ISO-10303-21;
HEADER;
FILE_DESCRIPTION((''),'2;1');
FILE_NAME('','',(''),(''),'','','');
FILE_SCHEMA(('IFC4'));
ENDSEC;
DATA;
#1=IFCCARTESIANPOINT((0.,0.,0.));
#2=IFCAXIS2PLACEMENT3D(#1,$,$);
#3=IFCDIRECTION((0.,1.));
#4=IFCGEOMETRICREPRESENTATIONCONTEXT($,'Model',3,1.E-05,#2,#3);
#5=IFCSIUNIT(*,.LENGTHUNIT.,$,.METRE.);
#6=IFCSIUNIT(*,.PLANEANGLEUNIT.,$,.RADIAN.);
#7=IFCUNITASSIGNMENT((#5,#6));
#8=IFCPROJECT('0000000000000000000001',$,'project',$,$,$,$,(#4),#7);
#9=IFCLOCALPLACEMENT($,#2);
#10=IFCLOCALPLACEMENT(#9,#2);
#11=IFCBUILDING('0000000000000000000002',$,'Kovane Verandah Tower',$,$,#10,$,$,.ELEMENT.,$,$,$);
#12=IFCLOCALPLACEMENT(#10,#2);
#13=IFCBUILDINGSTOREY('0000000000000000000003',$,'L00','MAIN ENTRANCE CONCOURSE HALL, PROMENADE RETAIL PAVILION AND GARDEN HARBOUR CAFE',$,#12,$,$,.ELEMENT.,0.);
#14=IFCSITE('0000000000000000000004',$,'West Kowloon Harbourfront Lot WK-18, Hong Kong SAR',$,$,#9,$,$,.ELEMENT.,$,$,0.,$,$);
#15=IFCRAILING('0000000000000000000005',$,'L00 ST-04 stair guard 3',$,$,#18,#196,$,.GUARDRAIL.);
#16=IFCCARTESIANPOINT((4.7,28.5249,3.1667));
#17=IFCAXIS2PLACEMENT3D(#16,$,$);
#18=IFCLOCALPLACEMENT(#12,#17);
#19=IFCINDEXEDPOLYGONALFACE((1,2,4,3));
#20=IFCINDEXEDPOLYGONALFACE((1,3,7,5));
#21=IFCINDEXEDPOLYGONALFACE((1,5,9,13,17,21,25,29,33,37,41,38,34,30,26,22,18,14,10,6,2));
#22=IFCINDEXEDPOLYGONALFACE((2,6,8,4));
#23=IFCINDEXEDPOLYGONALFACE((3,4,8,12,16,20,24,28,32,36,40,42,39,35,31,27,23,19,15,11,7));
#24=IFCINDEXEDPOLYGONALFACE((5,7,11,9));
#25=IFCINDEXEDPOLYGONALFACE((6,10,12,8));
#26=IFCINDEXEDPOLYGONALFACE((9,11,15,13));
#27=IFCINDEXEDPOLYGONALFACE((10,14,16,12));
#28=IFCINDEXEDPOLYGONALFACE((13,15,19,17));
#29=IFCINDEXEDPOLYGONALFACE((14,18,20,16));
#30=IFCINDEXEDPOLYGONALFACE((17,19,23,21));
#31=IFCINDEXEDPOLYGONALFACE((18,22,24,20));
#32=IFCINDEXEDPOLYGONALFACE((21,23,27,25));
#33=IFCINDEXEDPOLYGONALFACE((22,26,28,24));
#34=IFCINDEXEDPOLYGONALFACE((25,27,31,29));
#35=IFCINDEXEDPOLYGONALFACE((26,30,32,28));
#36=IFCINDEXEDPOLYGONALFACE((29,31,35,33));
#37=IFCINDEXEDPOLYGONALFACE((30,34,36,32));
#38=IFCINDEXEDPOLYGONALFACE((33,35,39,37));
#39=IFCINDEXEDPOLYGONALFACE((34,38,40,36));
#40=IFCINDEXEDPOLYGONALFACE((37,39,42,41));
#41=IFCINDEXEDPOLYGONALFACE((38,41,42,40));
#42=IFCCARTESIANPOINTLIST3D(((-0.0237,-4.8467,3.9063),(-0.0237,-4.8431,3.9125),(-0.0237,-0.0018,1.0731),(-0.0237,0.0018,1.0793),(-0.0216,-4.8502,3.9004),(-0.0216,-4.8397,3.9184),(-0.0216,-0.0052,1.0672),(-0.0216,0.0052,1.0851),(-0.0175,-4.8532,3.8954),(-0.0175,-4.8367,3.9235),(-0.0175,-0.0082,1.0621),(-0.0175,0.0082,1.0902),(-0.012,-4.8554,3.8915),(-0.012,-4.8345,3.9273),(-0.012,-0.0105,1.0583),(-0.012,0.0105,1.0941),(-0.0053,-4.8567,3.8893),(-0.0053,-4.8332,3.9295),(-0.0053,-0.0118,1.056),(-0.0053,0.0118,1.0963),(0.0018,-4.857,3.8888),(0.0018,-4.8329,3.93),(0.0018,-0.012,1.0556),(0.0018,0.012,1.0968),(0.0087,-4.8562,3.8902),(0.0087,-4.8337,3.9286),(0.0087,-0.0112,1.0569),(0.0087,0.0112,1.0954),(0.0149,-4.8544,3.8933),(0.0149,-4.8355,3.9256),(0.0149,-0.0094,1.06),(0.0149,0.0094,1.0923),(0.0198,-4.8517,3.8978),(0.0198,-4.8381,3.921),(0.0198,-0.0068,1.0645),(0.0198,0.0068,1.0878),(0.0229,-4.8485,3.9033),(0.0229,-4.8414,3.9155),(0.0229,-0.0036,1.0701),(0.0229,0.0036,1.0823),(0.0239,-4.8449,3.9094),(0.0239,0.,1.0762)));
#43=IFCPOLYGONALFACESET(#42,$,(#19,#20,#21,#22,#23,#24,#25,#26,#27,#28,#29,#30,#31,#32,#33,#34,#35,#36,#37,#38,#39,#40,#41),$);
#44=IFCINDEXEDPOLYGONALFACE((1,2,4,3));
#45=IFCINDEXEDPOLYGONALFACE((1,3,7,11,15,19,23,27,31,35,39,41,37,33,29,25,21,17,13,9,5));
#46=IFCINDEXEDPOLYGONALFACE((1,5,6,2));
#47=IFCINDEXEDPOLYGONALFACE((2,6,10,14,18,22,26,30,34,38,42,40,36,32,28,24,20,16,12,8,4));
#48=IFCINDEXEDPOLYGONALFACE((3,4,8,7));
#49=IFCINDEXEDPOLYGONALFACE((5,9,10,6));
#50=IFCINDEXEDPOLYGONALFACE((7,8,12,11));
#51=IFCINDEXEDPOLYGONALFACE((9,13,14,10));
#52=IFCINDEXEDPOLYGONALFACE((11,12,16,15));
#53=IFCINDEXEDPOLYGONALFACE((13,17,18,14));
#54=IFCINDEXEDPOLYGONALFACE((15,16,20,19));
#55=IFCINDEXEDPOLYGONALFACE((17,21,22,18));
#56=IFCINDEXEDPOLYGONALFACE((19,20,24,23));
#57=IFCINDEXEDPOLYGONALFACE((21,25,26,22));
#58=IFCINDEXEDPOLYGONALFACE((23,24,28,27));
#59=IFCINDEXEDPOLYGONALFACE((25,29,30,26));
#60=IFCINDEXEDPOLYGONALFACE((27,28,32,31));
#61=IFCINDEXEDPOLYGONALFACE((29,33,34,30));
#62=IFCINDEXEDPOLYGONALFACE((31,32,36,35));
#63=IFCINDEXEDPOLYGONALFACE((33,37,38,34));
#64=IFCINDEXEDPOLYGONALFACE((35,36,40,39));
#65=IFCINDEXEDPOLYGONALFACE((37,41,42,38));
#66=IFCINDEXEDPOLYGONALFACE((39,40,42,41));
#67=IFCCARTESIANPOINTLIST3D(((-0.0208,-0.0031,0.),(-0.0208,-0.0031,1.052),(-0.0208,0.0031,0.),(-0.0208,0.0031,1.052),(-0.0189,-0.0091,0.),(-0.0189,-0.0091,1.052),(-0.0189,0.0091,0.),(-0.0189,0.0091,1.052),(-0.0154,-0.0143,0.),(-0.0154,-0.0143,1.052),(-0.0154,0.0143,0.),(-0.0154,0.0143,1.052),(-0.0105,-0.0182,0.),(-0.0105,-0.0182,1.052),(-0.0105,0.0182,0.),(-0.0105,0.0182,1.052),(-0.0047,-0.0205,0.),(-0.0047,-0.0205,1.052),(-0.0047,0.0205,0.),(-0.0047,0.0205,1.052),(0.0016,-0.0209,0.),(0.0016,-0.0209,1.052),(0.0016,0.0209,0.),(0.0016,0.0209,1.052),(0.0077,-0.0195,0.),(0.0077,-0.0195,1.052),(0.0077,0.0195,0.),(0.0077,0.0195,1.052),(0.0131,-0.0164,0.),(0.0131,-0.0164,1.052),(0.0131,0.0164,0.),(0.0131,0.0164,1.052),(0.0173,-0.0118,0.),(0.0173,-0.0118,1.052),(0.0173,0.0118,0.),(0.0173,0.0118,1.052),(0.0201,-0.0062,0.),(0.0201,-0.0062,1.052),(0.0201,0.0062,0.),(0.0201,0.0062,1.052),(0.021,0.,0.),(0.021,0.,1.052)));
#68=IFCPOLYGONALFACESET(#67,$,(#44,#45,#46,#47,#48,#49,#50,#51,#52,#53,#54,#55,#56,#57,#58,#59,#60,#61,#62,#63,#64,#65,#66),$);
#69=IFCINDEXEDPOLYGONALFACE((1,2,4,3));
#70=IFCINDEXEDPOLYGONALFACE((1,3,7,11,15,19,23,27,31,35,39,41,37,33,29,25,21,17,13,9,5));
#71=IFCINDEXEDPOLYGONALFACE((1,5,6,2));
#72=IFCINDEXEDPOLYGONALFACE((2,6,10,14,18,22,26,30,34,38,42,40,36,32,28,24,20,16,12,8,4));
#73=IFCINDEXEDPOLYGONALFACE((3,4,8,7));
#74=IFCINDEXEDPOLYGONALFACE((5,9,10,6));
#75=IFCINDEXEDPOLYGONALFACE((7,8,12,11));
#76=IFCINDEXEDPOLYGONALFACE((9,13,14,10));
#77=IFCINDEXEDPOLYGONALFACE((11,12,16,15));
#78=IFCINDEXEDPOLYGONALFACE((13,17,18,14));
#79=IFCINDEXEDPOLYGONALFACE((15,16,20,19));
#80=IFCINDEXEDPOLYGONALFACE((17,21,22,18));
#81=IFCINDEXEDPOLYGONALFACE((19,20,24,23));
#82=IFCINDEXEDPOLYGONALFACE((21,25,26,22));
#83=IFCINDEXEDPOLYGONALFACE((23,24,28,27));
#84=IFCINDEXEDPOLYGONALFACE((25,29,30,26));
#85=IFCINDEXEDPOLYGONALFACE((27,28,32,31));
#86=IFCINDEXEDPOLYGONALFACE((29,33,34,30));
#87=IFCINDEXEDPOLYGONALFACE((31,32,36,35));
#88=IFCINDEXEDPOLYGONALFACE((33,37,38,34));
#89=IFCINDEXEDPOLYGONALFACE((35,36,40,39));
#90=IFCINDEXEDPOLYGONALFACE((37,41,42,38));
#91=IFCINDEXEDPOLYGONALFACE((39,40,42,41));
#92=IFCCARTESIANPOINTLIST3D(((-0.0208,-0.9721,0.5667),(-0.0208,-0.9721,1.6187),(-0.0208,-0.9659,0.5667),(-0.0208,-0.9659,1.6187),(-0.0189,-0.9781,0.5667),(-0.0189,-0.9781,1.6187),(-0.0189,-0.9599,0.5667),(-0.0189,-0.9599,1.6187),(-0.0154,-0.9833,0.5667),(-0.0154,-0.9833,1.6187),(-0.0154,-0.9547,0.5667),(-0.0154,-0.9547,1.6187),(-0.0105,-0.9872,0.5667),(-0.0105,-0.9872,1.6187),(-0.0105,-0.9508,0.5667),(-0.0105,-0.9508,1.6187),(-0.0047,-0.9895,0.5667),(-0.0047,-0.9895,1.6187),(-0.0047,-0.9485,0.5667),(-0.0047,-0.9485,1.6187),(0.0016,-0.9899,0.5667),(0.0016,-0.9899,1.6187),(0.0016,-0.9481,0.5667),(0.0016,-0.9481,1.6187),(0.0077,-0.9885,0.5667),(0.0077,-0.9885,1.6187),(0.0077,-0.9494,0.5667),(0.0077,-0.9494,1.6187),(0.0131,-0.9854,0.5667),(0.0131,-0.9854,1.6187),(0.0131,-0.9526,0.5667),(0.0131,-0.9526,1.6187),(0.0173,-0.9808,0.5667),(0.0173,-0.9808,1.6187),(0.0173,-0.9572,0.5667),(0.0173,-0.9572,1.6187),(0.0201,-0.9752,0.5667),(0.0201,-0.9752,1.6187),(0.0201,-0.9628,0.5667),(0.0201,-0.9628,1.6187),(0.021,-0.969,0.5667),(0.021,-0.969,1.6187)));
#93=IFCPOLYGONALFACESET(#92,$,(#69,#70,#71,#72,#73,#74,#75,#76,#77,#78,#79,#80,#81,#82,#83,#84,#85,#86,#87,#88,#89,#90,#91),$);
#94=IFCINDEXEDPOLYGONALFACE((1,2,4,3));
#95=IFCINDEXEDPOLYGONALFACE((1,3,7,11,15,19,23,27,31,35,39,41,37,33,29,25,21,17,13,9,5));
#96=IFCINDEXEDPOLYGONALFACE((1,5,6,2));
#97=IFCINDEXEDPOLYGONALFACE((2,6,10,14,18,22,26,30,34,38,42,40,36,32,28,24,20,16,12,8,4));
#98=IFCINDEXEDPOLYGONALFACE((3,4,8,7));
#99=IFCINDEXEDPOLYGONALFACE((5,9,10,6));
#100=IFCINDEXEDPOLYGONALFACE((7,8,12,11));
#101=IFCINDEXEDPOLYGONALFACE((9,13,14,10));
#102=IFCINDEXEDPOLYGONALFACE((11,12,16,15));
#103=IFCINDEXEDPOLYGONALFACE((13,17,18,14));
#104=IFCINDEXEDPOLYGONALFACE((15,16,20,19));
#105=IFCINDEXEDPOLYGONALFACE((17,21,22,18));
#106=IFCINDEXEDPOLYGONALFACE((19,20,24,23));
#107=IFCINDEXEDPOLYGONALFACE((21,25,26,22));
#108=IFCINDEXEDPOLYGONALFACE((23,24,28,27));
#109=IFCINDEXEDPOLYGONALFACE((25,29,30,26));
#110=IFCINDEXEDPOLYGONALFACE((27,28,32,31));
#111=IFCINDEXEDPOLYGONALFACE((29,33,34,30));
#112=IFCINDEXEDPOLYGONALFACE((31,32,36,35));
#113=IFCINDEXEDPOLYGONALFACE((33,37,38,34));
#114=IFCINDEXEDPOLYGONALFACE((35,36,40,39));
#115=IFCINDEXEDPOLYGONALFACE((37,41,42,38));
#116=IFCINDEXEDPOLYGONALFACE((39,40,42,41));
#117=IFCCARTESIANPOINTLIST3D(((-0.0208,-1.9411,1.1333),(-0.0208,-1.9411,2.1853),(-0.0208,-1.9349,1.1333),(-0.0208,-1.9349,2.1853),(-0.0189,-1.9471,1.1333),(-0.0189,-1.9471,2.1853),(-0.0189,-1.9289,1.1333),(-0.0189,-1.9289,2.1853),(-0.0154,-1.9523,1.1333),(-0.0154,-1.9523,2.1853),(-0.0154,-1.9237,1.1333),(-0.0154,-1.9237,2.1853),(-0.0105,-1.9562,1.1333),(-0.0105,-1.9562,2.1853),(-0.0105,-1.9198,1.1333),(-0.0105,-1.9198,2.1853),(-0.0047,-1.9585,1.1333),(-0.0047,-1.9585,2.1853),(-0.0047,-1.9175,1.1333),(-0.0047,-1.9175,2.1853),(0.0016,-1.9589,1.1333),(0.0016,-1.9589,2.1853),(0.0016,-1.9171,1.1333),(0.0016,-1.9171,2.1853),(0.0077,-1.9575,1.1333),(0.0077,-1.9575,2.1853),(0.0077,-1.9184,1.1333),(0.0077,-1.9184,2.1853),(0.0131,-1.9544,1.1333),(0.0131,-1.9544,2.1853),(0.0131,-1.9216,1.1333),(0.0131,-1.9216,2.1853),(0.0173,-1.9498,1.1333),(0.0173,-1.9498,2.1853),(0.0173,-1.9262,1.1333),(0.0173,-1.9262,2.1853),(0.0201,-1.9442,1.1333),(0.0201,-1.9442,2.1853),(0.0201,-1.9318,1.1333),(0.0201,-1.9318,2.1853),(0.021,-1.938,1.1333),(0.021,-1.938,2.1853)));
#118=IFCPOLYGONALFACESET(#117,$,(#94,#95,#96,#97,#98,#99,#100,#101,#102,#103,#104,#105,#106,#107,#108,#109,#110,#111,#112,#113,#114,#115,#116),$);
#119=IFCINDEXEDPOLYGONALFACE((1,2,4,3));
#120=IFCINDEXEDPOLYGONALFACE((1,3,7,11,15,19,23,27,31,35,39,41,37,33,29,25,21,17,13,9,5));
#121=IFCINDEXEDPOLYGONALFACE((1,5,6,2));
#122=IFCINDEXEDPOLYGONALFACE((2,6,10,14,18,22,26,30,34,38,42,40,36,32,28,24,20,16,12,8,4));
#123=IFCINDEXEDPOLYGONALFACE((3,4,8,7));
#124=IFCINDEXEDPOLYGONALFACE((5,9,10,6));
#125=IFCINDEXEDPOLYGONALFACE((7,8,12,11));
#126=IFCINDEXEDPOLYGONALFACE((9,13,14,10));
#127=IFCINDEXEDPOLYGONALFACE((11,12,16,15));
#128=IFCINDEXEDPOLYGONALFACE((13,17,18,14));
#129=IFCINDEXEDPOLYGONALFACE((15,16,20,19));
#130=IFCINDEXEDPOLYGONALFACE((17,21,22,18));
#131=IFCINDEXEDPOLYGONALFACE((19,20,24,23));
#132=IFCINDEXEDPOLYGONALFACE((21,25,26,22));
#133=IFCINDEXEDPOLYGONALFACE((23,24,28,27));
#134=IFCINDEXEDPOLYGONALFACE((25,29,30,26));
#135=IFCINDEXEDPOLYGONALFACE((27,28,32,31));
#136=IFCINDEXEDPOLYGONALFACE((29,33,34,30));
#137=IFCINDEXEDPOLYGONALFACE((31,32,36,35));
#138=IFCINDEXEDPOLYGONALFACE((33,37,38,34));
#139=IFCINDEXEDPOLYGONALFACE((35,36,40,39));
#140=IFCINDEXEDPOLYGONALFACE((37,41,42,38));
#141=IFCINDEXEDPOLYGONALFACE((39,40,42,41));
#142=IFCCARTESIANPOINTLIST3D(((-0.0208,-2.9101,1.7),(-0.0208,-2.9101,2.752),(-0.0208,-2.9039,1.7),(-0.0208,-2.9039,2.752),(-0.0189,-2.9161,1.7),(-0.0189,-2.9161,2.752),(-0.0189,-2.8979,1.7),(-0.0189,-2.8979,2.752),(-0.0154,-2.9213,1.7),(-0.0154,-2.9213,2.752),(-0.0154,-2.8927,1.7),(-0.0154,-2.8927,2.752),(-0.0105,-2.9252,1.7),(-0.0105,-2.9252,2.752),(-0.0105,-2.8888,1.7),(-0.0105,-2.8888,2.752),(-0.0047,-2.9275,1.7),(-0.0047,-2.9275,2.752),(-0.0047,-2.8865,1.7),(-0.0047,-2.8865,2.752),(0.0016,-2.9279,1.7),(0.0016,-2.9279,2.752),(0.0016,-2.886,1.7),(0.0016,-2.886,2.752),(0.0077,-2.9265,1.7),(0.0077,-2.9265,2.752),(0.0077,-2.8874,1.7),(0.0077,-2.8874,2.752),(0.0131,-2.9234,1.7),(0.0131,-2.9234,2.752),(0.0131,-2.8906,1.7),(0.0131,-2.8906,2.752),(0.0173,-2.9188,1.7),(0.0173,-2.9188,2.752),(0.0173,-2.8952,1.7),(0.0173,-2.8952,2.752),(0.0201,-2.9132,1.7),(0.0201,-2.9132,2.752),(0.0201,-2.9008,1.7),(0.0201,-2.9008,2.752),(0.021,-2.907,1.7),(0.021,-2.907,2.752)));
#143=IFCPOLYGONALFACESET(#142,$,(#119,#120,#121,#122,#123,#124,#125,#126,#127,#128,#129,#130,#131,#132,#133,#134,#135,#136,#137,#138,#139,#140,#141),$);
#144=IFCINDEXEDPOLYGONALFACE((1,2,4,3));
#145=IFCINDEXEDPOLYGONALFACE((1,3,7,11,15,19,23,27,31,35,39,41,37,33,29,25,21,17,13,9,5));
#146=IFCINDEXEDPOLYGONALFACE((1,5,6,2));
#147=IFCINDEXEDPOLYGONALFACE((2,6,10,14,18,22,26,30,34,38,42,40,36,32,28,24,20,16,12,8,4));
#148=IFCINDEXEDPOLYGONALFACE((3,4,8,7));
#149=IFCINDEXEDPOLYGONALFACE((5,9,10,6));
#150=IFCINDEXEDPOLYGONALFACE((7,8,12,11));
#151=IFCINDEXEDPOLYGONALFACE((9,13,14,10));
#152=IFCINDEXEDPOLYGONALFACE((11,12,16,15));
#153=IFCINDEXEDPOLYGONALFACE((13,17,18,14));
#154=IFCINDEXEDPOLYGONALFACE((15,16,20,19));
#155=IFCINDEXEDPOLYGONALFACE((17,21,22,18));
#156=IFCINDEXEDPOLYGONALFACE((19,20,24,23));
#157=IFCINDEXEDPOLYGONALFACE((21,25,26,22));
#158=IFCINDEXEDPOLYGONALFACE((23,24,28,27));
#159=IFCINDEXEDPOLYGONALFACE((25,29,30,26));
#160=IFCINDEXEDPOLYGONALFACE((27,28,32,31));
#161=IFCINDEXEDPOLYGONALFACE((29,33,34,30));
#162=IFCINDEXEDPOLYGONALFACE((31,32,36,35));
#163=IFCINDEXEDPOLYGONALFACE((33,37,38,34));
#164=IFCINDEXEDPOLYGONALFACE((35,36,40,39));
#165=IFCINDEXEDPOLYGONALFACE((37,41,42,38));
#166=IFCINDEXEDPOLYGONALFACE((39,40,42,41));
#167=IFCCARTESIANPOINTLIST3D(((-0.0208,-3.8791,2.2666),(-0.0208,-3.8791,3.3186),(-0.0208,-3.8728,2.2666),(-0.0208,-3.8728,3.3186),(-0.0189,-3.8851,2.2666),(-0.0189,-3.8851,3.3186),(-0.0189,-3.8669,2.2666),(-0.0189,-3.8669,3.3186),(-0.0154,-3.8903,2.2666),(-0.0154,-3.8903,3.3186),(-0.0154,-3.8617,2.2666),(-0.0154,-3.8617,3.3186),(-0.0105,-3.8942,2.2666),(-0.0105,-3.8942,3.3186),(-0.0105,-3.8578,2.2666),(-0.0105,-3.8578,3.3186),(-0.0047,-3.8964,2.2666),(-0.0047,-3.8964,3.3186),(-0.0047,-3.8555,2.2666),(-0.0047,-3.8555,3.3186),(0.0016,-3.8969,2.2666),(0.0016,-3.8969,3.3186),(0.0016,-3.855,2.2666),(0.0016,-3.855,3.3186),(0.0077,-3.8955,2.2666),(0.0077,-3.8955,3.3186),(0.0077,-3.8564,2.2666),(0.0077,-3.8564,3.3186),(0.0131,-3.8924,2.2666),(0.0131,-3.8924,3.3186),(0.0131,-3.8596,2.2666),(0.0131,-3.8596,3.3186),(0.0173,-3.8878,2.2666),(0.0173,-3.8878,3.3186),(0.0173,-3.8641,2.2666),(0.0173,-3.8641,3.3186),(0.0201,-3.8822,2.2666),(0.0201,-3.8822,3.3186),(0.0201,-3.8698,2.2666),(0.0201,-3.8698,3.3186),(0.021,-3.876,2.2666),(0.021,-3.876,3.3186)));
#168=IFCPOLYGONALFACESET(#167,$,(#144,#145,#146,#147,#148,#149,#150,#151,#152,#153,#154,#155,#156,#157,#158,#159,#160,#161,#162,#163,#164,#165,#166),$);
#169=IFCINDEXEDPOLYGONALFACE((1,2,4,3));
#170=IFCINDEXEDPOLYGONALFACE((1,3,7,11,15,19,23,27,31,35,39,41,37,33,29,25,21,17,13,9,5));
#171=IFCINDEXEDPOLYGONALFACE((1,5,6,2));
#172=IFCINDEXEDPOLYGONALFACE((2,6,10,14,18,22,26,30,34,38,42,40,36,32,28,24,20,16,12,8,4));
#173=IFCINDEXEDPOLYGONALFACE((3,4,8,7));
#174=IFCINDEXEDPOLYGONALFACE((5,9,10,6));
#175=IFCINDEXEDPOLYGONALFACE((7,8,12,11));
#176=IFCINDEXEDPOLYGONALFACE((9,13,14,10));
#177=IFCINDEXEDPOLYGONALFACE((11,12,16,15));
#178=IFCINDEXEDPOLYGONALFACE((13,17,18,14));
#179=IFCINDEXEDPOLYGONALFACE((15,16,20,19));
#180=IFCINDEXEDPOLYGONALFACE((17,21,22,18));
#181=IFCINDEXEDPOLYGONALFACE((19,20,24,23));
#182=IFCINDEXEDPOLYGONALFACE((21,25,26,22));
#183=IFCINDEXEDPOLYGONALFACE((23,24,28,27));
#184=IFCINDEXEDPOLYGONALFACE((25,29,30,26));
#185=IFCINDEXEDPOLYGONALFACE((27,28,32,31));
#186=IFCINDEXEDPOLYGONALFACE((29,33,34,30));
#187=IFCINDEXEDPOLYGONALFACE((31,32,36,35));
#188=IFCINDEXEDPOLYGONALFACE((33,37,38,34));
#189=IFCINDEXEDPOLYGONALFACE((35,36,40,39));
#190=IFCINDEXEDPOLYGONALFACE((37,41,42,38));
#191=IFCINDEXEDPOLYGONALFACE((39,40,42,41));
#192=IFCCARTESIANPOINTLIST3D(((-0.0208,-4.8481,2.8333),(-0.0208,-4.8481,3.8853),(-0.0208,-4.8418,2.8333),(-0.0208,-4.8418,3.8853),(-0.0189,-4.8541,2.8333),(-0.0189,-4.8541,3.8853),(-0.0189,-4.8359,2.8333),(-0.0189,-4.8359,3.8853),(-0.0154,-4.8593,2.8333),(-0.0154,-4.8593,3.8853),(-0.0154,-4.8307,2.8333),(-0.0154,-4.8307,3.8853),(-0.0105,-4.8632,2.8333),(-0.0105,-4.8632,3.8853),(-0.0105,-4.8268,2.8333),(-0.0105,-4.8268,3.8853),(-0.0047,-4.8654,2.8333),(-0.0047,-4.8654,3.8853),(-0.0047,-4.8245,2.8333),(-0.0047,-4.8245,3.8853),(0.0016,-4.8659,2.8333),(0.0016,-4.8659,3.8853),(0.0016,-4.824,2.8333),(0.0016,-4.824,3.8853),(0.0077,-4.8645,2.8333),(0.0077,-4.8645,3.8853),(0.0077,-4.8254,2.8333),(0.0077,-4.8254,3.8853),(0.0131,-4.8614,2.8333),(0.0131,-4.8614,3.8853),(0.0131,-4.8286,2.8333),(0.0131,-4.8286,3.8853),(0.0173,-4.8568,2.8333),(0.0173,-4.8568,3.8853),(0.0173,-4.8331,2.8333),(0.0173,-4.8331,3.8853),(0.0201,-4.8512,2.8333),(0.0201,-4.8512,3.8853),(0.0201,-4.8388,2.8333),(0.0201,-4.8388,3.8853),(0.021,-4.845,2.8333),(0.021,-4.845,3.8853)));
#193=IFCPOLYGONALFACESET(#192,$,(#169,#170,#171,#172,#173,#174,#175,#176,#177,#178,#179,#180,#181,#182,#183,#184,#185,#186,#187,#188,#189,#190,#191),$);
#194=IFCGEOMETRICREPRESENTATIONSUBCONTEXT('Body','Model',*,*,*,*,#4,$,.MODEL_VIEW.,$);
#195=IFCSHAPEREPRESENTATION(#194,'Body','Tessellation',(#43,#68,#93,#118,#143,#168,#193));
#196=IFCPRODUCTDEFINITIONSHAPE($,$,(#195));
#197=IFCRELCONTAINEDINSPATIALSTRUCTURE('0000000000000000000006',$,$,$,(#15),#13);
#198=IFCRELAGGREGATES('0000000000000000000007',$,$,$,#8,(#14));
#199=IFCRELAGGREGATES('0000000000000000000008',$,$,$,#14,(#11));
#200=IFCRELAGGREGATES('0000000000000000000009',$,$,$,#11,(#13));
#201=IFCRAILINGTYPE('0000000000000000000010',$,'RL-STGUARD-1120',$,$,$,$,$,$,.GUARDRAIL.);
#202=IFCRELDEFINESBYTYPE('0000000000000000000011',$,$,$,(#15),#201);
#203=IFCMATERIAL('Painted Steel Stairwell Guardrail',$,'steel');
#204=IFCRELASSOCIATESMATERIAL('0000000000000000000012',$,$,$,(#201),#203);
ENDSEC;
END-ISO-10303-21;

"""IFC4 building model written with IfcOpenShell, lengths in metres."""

from ifc_helpers import new_model, si_unit, direction, frame, origin, origin_2d, place, context, subcontext, project, spatial, circle, extrude, material, type_object, element, save


model = new_model("IFC4")

# Units and contexts
model_context = context("Model", 3, precision=1e-05, world=origin(), true_north=direction((0.0, 1.0)))
body_context = subcontext(model_context, "Body", "Model", "MODEL_VIEW")
ifc_project = project(units=[si_unit("LENGTHUNIT", "METRE"), si_unit("PLANEANGLEUNIT", "RADIAN")], contexts=[model_context])

# Site, building, storey
site_placement = place(None, origin())
site = spatial("IfcSite", under=ifc_project, at=site_placement, Name="West Kowloon Harbourfront Lot WK-18, Hong Kong SAR", CompositionType="ELEMENT", RefElevation=0.0)
building_placement = place(site_placement, origin())
building = spatial("IfcBuilding", under=site, at=building_placement, Name="Kovane Verandah Tower", CompositionType="ELEMENT")
storey_placement = place(building_placement, origin())
storey = spatial("IfcBuildingStorey", under=building, at=storey_placement, Name="L00", Description="MAIN ENTRANCE CONCOURSE HALL, PROMENADE RETAIL PAVILION AND GARDEN HARBOUR CAFE", CompositionType="ELEMENT", Elevation=0.0)

# Railing
ifc_material_1 = material(Name="Painted Steel Stairwell Guardrail", Category="steel")
railing_type_1 = type_object("IfcRailingType", Name="RL-STGUARD-1120", PredefinedType="GUARDRAIL", material=ifc_material_1)
railing_1_placement = place(storey_placement, frame((4.7, 28.5249, 3.1667)))
element("IfcRailing", 1, at=railing_1_placement, inside=storey, type_object=railing_type_1, Name="L00 ST-04 stair guard 3", PredefinedType="GUARDRAIL", context=body_context, shape_type="SweptSolid", body=[
    extrude(circle(Radius=0.0239, at=origin_2d()), frame((0.0, 0.0, 1.0762), z_axis=(0.0, -0.863234, 0.504804), x_axis=(1.0, 0.0, 0.0)), (0.0, 0.0, 1.0), 5.6125),
    extrude(circle(Radius=0.021, at=origin_2d()), origin(), (0.0, 0.0, 1.0), 1.052),
    extrude(circle(Radius=0.021, at=origin_2d()), frame((0.0, -0.969, 0.5667)), (0.0, 0.0, 1.0), 1.052),
    extrude(circle(Radius=0.021, at=origin_2d()), frame((0.0, -1.938, 1.1333)), (0.0, 0.0, 1.0), 1.052),
    extrude(circle(Radius=0.021, at=origin_2d()), frame((0.0, -2.907, 1.7)), (0.0, 0.0, 1.0), 1.052),
    extrude(circle(Radius=0.021, at=origin_2d()), frame((0.0, -3.876, 2.2666)), (0.0, 0.0, 1.0), 1.052),
    extrude(circle(Radius=0.021, at=origin_2d()), frame((0.0, -4.845, 2.8333)), (0.0, 0.0, 1.0), 1.052),
])

save(model, "model.ifc")
